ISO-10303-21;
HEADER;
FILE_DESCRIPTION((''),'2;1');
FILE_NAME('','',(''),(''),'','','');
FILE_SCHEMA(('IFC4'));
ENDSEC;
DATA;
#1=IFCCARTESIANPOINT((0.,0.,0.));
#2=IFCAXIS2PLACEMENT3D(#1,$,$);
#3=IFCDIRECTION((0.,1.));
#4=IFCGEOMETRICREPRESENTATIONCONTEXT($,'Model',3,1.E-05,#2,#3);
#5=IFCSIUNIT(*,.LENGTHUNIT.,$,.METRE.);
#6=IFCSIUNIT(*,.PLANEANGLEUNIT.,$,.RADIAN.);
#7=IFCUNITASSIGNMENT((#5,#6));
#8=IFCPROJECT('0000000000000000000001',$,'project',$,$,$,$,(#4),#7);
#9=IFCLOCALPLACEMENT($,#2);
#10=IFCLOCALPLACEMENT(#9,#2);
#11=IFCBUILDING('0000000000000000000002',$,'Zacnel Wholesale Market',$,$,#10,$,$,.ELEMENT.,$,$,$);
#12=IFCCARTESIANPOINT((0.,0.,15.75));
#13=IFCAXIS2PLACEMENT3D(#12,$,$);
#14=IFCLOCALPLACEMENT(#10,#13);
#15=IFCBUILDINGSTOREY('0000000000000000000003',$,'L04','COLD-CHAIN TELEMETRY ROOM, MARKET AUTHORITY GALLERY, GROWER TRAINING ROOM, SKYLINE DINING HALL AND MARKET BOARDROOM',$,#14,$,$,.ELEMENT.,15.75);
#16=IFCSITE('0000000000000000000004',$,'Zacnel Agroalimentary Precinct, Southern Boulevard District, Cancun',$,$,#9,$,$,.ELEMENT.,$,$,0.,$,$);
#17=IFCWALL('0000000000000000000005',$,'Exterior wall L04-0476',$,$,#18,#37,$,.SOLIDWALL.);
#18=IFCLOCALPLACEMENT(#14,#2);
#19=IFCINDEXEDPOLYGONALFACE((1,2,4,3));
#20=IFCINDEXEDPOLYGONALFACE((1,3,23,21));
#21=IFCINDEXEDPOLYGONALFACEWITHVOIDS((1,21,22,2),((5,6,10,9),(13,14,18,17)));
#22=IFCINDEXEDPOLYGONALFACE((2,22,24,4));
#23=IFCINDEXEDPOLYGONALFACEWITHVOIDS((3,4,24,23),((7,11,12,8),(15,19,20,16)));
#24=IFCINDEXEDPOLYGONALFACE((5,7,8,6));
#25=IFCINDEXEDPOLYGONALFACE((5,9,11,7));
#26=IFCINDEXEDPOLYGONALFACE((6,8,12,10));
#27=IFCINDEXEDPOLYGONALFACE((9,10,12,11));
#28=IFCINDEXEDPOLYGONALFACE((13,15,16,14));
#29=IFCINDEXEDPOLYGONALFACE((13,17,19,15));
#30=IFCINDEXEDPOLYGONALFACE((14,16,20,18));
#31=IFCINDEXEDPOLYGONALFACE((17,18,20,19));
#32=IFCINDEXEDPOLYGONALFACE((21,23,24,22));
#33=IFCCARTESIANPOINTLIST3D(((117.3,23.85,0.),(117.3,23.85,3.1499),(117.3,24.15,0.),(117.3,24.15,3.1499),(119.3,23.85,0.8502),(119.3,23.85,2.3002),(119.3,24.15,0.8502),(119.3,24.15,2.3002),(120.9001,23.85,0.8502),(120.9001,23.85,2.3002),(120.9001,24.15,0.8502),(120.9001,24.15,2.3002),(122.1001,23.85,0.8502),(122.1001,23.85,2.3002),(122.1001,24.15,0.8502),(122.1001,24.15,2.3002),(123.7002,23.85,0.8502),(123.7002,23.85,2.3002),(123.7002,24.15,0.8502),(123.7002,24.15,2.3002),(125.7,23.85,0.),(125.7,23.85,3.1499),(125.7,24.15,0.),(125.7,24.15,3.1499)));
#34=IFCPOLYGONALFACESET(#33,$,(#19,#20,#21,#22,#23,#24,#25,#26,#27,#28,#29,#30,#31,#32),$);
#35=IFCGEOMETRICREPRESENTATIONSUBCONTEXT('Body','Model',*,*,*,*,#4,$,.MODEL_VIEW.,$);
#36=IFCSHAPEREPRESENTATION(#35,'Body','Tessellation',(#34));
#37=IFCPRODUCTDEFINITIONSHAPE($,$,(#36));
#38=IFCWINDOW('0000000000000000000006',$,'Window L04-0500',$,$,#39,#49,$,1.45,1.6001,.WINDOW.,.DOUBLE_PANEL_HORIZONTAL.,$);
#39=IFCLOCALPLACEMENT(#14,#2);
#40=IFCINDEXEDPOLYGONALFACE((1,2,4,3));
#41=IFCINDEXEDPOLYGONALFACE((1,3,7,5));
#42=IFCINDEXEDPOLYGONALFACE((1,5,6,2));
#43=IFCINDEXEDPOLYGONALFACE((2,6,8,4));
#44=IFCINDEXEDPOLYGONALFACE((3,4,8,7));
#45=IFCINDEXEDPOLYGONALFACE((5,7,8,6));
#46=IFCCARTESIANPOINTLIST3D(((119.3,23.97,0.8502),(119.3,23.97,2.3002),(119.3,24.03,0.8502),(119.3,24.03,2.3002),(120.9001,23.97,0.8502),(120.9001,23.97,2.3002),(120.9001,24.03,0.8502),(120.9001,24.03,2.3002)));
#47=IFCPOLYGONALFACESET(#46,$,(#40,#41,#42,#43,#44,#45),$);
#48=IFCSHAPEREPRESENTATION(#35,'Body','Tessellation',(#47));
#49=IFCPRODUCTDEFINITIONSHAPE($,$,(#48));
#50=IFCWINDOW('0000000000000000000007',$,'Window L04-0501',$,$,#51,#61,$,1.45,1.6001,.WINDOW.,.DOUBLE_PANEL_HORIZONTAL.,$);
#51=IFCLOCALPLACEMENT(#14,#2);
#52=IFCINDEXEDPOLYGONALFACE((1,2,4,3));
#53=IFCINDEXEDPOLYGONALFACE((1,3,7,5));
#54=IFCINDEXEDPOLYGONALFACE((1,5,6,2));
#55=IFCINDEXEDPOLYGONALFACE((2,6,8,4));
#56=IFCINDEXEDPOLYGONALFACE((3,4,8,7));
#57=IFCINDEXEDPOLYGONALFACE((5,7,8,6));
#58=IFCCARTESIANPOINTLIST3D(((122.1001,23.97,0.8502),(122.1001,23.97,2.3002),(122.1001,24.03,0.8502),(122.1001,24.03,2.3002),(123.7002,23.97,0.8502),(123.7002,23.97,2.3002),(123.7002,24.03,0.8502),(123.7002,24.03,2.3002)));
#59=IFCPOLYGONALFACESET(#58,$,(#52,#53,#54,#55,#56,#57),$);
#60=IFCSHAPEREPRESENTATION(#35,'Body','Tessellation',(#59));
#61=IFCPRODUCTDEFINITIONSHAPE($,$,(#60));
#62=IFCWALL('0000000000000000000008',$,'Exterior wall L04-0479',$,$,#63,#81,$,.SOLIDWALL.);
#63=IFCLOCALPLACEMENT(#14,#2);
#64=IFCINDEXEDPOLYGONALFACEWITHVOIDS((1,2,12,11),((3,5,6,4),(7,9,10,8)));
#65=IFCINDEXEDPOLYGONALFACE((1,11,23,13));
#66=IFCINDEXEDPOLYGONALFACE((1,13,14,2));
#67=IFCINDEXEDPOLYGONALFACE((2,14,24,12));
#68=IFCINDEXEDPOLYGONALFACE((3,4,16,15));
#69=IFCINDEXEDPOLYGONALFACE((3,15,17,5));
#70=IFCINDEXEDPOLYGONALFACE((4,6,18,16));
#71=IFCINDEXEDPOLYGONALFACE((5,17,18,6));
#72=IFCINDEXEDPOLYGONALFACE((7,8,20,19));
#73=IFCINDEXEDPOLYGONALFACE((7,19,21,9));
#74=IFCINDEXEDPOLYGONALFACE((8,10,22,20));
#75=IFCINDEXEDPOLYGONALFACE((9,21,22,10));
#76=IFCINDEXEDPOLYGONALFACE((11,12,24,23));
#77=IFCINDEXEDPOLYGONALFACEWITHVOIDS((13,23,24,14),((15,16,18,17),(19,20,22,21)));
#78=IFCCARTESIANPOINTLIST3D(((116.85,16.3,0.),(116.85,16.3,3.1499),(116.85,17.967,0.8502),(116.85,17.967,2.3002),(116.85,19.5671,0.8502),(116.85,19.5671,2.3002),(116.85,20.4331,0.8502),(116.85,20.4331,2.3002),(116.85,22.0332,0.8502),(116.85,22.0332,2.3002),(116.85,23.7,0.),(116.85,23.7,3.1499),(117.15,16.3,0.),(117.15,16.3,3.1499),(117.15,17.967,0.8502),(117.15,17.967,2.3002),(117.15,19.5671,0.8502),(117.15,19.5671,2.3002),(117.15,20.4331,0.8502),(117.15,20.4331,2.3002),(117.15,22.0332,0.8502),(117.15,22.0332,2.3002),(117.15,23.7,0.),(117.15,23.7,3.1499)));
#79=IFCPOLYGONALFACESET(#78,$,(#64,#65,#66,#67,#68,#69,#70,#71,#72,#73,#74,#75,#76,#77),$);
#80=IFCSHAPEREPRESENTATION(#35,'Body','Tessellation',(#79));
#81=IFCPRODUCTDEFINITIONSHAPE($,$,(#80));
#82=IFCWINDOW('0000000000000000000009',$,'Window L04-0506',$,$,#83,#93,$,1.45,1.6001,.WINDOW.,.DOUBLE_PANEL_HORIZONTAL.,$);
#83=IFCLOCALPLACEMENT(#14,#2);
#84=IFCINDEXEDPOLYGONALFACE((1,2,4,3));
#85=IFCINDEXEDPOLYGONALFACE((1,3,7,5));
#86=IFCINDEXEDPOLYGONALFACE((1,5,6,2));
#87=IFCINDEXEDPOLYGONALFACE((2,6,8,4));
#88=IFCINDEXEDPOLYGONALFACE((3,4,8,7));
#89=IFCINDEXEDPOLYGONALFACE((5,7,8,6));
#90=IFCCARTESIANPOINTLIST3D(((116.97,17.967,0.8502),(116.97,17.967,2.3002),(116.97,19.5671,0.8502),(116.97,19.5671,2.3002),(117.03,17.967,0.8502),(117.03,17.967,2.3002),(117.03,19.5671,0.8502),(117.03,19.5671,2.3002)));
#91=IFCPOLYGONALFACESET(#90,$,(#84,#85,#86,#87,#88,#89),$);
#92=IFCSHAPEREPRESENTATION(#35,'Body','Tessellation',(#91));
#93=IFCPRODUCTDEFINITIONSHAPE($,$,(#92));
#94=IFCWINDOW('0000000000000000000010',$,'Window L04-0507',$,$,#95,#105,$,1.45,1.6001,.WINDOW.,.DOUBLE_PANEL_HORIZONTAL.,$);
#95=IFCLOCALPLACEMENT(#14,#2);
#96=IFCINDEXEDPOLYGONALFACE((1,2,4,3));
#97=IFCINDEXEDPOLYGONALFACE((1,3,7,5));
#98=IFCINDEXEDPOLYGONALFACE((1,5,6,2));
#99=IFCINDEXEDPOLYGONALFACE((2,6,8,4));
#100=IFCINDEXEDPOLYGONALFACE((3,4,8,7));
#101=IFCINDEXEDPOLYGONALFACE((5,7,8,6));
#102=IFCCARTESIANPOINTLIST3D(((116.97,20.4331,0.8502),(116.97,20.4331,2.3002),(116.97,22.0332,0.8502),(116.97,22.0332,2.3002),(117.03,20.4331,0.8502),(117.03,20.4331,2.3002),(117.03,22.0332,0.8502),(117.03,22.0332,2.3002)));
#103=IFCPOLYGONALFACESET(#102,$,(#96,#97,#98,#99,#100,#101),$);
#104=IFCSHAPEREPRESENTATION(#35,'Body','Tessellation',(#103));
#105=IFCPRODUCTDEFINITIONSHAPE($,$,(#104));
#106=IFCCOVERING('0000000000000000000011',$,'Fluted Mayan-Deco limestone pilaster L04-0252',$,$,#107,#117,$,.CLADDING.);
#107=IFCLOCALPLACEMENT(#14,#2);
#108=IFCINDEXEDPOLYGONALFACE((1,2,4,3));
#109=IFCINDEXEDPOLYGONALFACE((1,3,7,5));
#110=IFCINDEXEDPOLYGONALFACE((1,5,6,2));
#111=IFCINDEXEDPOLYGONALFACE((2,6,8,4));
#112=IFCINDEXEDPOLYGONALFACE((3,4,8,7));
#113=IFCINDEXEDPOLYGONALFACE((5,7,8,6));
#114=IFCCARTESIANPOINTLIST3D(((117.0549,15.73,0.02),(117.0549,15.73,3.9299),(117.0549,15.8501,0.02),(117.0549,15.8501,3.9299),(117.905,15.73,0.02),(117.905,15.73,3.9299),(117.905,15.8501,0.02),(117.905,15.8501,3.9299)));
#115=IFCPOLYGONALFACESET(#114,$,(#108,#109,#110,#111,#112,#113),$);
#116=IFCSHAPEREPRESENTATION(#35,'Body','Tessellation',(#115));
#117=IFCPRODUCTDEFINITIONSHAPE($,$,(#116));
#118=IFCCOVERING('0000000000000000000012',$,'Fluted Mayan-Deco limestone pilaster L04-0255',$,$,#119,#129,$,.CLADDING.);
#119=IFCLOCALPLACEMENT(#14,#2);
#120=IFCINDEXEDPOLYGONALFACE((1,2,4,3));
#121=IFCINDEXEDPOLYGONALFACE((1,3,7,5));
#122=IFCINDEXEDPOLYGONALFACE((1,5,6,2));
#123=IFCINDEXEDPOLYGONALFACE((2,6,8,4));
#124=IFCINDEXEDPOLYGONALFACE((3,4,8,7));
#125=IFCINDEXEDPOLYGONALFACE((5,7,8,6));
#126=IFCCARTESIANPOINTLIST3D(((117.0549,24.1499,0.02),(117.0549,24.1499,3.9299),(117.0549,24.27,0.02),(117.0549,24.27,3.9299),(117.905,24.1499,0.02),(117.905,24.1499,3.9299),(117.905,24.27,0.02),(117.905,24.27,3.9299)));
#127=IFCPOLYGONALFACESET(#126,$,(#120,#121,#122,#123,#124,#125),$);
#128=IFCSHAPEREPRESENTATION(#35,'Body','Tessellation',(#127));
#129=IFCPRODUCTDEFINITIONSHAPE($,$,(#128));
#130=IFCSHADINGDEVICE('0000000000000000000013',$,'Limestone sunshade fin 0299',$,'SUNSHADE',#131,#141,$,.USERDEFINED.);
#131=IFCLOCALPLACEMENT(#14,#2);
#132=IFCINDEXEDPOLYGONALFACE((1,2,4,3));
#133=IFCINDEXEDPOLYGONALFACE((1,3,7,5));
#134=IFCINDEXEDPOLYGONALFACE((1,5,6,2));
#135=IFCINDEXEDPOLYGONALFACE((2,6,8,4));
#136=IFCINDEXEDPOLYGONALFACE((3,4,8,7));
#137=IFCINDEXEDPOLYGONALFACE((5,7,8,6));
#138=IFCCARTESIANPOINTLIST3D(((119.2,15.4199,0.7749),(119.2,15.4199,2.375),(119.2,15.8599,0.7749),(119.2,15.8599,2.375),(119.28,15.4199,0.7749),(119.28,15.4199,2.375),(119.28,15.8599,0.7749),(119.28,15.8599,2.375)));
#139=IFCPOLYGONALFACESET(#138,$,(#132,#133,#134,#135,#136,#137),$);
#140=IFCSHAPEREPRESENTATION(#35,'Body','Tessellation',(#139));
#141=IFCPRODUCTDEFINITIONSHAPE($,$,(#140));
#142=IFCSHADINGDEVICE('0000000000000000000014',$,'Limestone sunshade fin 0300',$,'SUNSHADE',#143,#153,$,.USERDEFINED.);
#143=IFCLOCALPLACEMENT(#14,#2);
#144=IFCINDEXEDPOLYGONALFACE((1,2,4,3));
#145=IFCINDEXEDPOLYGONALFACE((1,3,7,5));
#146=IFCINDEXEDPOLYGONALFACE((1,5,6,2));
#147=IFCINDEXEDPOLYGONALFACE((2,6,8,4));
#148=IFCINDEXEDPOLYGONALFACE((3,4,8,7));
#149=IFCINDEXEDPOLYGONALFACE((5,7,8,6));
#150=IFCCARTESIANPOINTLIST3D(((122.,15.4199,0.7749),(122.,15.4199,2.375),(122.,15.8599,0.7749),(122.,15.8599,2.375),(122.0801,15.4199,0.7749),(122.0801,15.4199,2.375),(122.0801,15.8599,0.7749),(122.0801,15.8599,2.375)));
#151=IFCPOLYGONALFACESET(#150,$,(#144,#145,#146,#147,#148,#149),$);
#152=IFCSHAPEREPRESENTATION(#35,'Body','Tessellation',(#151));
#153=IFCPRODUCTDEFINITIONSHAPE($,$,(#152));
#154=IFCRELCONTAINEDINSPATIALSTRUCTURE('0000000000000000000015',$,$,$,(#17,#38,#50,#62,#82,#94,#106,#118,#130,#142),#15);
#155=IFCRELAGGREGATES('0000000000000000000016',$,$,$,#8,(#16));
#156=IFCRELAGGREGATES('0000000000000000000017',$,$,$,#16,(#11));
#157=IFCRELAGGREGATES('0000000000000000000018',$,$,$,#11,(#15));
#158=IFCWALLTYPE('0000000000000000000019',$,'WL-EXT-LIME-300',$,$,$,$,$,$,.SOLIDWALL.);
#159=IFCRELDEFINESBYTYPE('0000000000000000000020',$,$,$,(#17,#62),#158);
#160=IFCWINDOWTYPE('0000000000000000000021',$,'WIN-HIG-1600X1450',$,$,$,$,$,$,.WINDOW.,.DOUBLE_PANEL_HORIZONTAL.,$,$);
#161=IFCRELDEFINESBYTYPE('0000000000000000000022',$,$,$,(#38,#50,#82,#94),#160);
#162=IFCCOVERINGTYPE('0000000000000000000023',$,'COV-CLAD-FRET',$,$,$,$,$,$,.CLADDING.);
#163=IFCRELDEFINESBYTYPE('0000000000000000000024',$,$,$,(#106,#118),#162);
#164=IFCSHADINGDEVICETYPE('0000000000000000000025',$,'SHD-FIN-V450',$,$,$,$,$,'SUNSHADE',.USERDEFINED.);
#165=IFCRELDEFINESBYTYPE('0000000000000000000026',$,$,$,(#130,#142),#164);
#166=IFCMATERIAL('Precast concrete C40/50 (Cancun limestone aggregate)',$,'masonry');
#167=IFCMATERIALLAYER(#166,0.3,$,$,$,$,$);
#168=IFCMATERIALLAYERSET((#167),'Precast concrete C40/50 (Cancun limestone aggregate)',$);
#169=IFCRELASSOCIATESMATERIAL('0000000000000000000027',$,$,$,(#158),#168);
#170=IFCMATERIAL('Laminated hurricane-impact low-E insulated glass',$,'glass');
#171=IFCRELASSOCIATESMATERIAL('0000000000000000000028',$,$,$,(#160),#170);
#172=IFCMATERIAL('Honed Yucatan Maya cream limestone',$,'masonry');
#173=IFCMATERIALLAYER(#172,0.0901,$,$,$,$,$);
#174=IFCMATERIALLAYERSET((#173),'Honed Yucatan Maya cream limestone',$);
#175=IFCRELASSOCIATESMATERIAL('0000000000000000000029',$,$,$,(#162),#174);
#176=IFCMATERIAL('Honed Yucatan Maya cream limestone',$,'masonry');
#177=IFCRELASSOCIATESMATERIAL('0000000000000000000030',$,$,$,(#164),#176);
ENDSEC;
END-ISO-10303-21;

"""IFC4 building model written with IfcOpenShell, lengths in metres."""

from ifc_helpers import new_model, si_unit, direction, frame, frame_2d, origin, origin_2d, place, context, subcontext, project, spatial, rectangle, extrude, material, layer, layer_set, type_object, element, fill, save


model = new_model("IFC4")

# Units and contexts
model_context = context("Model", 3, precision=1e-05, world=origin(), true_north=direction((0.0, 1.0)))
body_context = subcontext(model_context, "Body", "Model", "MODEL_VIEW")
ifc_project = project(units=[si_unit("LENGTHUNIT", "METRE"), si_unit("PLANEANGLEUNIT", "RADIAN")], contexts=[model_context])

# Site, building, storey
site_placement = place(None, origin())
site = spatial("IfcSite", under=ifc_project, at=site_placement, Name="Zacnel Agroalimentary Precinct, Southern Boulevard District, Cancun", CompositionType="ELEMENT", RefElevation=0.0)
building_placement = place(site_placement, origin())
building = spatial("IfcBuilding", under=site, at=building_placement, Name="Zacnel Wholesale Market", CompositionType="ELEMENT")
storey_placement = place(building_placement, frame((0.0, 0.0, 15.75)))
storey = spatial("IfcBuildingStorey", under=building, at=storey_placement, Name="L04", Description="COLD-CHAIN TELEMETRY ROOM, MARKET AUTHORITY GALLERY, GROWER TRAINING ROOM, SKYLINE DINING HALL AND MARKET BOARDROOM", CompositionType="ELEMENT", Elevation=15.75)

# Walls, openings, windows
ifc_material_1 = material(Name="Precast concrete C40/50 (Cancun limestone aggregate)", Category="masonry")
ifc_layer_1 = layer(ifc_material_1, 0.3)
ifc_layer_set_1 = layer_set([ifc_layer_1], Name="Precast concrete C40/50 (Cancun limestone aggregate)")
wall_type = type_object("IfcWallType", Name="WL-EXT-LIME-300", PredefinedType="SOLIDWALL", material=ifc_layer_set_1)
ifc_material_2 = material(Name="Laminated hurricane-impact low-E insulated glass", Category="glass")
window_type = type_object("IfcWindowType", Name="WIN-HIG-1600X1450", PartitioningType="DOUBLE_PANEL_HORIZONTAL", PredefinedType="WINDOW", material=ifc_material_2)
wall_1_placement = place(storey_placement, frame((117.3, 24.0, 0.0), z_axis=(0.0, 0.0, 1.0), x_axis=(1.0, 0.0, 0.0)))
wall_1 = element("IfcWall", 1, at=wall_1_placement, inside=storey, type_object=wall_type, Name="Exterior wall L04-0476", PredefinedType="SOLIDWALL", context=body_context, shape_type="SweptSolid", body=[
    extrude(rectangle(XDim=8.3999, YDim=0.3, at=frame_2d((4.2, 0.0))), origin(), (0.0, 0.0, 1.0), 3.1499),
])
opening_1_placement = place(wall_1_placement, frame((2.0, 0.0, 0.8501)))
opening_1 = element("IfcOpeningElement", 2, at=opening_1_placement, cuts=wall_1, PredefinedType="OPENING", context=body_context, shape_type="SweptSolid", body=[
    extrude(rectangle(XDim=1.6001, YDim=1.45, at=frame_2d((0.8, 0.7251))), frame((0.0, 0.1599, 0.0), z_axis=(0.0, -1.0, 0.0), x_axis=(1.0, 0.0, 0.0)), (0.0, 0.0, 1.0), 0.3201),
])
opening_2_placement = place(wall_1_placement, frame((4.8, 0.0, 0.8501)))
opening_2 = element("IfcOpeningElement", 3, at=opening_2_placement, cuts=wall_1, PredefinedType="OPENING", context=body_context, shape_type="SweptSolid", body=[
    extrude(rectangle(XDim=1.6001, YDim=1.45, at=frame_2d((0.8, 0.7251))), frame((0.0, 0.1599, 0.0), z_axis=(0.0, -1.0, 0.0), x_axis=(1.0, 0.0, 0.0)), (0.0, 0.0, 1.0), 0.3201),
])
window_1_placement = place(opening_1_placement, origin())
window_1 = element("IfcWindow", 4, at=window_1_placement, inside=storey, type_object=window_type, Name="Window L04-0500", OverallHeight=1.45, OverallWidth=1.6001, PartitioningType="DOUBLE_PANEL_HORIZONTAL", PredefinedType="WINDOW", context=body_context, shape_type="SweptSolid", body=[
    extrude(rectangle(XDim=1.6001, YDim=1.45, at=frame_2d((0.8, 0.7251))), frame((0.0, 0.03, 0.0), z_axis=(0.0, -1.0, 0.0), x_axis=(1.0, 0.0, 0.0)), (0.0, 0.0, 1.0), 0.0601),
])
fill(opening_1, window_1)
window_2_placement = place(opening_2_placement, origin())
window_2 = element("IfcWindow", 5, at=window_2_placement, inside=storey, type_object=window_type, Name="Window L04-0501", OverallHeight=1.45, OverallWidth=1.6001, PartitioningType="DOUBLE_PANEL_HORIZONTAL", PredefinedType="WINDOW", context=body_context, shape_type="SweptSolid", body=[
    extrude(rectangle(XDim=1.6001, YDim=1.45, at=frame_2d((0.8, 0.7251))), frame((0.0, 0.03, 0.0), z_axis=(0.0, -1.0, 0.0), x_axis=(1.0, 0.0, 0.0)), (0.0, 0.0, 1.0), 0.0601),
])
fill(opening_2, window_2)
wall_2_placement = place(storey_placement, frame((117.0, 16.3, 0.0), z_axis=(0.0, 0.0, 1.0), x_axis=(0.0, 1.0, 0.0)))
wall_2 = element("IfcWall", 6, at=wall_2_placement, inside=storey, type_object=wall_type, Name="Exterior wall L04-0479", PredefinedType="SOLIDWALL", context=body_context, shape_type="SweptSolid", body=[
    extrude(rectangle(XDim=7.3999, YDim=0.3, at=frame_2d((3.7, 0.0))), origin(), (0.0, 0.0, 1.0), 3.1499),
])
opening_3_placement = place(wall_2_placement, frame((1.667, 0.0, 0.8501)))
opening_3 = element("IfcOpeningElement", 7, at=opening_3_placement, cuts=wall_2, PredefinedType="OPENING", context=body_context, shape_type="SweptSolid", body=[
    extrude(rectangle(XDim=1.6001, YDim=1.45, at=frame_2d((0.8, 0.7251))), frame((0.0, 0.1599, 0.0), z_axis=(0.0, -1.0, 0.0), x_axis=(1.0, 0.0, 0.0)), (0.0, 0.0, 1.0), 0.3201),
])
opening_4_placement = place(wall_2_placement, frame((4.1331, 0.0, 0.8501)))
opening_4 = element("IfcOpeningElement", 8, at=opening_4_placement, cuts=wall_2, PredefinedType="OPENING", context=body_context, shape_type="SweptSolid", body=[
    extrude(rectangle(XDim=1.6001, YDim=1.45, at=frame_2d((0.8, 0.7251))), frame((0.0, 0.1599, 0.0), z_axis=(0.0, -1.0, 0.0), x_axis=(1.0, 0.0, 0.0)), (0.0, 0.0, 1.0), 0.3201),
])
window_3_placement = place(opening_3_placement, origin())
window_3 = element("IfcWindow", 9, at=window_3_placement, inside=storey, type_object=window_type, Name="Window L04-0506", OverallHeight=1.45, OverallWidth=1.6001, PartitioningType="DOUBLE_PANEL_HORIZONTAL", PredefinedType="WINDOW", context=body_context, shape_type="SweptSolid", body=[
    extrude(rectangle(XDim=1.6001, YDim=1.45, at=frame_2d((0.8, 0.7251))), frame((0.0, 0.03, 0.0), z_axis=(0.0, -1.0, 0.0), x_axis=(1.0, 0.0, 0.0)), (0.0, 0.0, 1.0), 0.0601),
])
fill(opening_3, window_3)
window_4_placement = place(opening_4_placement, origin())
window_4 = element("IfcWindow", 10, at=window_4_placement, inside=storey, type_object=window_type, Name="Window L04-0507", OverallHeight=1.45, OverallWidth=1.6001, PartitioningType="DOUBLE_PANEL_HORIZONTAL", PredefinedType="WINDOW", context=body_context, shape_type="SweptSolid", body=[
    extrude(rectangle(XDim=1.6001, YDim=1.45, at=frame_2d((0.8, 0.7251))), frame((0.0, 0.03, 0.0), z_axis=(0.0, -1.0, 0.0), x_axis=(1.0, 0.0, 0.0)), (0.0, 0.0, 1.0), 0.0601),
])
fill(opening_4, window_4)

# Coverings
ifc_material_3 = material(Name="Honed Yucatan Maya cream limestone", Category="masonry")
ifc_layer_2 = layer(ifc_material_3, 0.0901)
ifc_layer_set_2 = layer_set([ifc_layer_2], Name="Honed Yucatan Maya cream limestone")
covering_type = type_object("IfcCoveringType", Name="COV-CLAD-FRET", PredefinedType="CLADDING", material=ifc_layer_set_2)
for number, where, z_axis, x_axis, name in (
    (11, (117.48, 15.79, 0.02), (0.0, 0.0, 1.0), (1.0, 0.0, 0.0), "Fluted Mayan-Deco limestone pilaster L04-0252"),
    (12, (117.48, 24.21, 0.02), (0.0, 0.0, 1.0), (1.0, 0.0, 0.0), "Fluted Mayan-Deco limestone pilaster L04-0255"),
):
    element("IfcCovering", number, at=place(storey_placement, frame(where, z_axis=z_axis, x_axis=x_axis)), inside=storey, type_object=covering_type, Name=name, PredefinedType="CLADDING", context=body_context, shape_type="SweptSolid", body=[
        extrude(rectangle(XDim=0.8501, YDim=0.1201, at=origin_2d()), origin(), (0.0, 0.0, 1.0), 3.9099),
    ])

# Shading devices
ifc_material_4 = material(Name="Honed Yucatan Maya cream limestone", Category="masonry")
shading_device_type = type_object("IfcShadingDeviceType", Name="SHD-FIN-V450", ElementType="SUNSHADE", PredefinedType="USERDEFINED", material=ifc_material_4)
for number, where, z_axis, x_axis, name in (
    (13, (119.24, 15.6399, 0.7749), (0.0, 0.0, 1.0), (1.0, 0.0, 0.0), "Limestone sunshade fin 0299"),
    (14, (122.04, 15.6399, 0.7749), (0.0, 0.0, 1.0), (1.0, 0.0, 0.0), "Limestone sunshade fin 0300"),
):
    element("IfcShadingDevice", number, at=place(storey_placement, frame(where, z_axis=z_axis, x_axis=x_axis)), inside=storey, type_object=shading_device_type, Name=name, ObjectType="SUNSHADE", PredefinedType="USERDEFINED", context=body_context, shape_type="SweptSolid", body=[
        extrude(rectangle(XDim=0.0801, YDim=0.4399, at=origin_2d()), origin(), (0.0, 0.0, 1.0), 1.6001),
    ])

save(model, "model.ifc")
